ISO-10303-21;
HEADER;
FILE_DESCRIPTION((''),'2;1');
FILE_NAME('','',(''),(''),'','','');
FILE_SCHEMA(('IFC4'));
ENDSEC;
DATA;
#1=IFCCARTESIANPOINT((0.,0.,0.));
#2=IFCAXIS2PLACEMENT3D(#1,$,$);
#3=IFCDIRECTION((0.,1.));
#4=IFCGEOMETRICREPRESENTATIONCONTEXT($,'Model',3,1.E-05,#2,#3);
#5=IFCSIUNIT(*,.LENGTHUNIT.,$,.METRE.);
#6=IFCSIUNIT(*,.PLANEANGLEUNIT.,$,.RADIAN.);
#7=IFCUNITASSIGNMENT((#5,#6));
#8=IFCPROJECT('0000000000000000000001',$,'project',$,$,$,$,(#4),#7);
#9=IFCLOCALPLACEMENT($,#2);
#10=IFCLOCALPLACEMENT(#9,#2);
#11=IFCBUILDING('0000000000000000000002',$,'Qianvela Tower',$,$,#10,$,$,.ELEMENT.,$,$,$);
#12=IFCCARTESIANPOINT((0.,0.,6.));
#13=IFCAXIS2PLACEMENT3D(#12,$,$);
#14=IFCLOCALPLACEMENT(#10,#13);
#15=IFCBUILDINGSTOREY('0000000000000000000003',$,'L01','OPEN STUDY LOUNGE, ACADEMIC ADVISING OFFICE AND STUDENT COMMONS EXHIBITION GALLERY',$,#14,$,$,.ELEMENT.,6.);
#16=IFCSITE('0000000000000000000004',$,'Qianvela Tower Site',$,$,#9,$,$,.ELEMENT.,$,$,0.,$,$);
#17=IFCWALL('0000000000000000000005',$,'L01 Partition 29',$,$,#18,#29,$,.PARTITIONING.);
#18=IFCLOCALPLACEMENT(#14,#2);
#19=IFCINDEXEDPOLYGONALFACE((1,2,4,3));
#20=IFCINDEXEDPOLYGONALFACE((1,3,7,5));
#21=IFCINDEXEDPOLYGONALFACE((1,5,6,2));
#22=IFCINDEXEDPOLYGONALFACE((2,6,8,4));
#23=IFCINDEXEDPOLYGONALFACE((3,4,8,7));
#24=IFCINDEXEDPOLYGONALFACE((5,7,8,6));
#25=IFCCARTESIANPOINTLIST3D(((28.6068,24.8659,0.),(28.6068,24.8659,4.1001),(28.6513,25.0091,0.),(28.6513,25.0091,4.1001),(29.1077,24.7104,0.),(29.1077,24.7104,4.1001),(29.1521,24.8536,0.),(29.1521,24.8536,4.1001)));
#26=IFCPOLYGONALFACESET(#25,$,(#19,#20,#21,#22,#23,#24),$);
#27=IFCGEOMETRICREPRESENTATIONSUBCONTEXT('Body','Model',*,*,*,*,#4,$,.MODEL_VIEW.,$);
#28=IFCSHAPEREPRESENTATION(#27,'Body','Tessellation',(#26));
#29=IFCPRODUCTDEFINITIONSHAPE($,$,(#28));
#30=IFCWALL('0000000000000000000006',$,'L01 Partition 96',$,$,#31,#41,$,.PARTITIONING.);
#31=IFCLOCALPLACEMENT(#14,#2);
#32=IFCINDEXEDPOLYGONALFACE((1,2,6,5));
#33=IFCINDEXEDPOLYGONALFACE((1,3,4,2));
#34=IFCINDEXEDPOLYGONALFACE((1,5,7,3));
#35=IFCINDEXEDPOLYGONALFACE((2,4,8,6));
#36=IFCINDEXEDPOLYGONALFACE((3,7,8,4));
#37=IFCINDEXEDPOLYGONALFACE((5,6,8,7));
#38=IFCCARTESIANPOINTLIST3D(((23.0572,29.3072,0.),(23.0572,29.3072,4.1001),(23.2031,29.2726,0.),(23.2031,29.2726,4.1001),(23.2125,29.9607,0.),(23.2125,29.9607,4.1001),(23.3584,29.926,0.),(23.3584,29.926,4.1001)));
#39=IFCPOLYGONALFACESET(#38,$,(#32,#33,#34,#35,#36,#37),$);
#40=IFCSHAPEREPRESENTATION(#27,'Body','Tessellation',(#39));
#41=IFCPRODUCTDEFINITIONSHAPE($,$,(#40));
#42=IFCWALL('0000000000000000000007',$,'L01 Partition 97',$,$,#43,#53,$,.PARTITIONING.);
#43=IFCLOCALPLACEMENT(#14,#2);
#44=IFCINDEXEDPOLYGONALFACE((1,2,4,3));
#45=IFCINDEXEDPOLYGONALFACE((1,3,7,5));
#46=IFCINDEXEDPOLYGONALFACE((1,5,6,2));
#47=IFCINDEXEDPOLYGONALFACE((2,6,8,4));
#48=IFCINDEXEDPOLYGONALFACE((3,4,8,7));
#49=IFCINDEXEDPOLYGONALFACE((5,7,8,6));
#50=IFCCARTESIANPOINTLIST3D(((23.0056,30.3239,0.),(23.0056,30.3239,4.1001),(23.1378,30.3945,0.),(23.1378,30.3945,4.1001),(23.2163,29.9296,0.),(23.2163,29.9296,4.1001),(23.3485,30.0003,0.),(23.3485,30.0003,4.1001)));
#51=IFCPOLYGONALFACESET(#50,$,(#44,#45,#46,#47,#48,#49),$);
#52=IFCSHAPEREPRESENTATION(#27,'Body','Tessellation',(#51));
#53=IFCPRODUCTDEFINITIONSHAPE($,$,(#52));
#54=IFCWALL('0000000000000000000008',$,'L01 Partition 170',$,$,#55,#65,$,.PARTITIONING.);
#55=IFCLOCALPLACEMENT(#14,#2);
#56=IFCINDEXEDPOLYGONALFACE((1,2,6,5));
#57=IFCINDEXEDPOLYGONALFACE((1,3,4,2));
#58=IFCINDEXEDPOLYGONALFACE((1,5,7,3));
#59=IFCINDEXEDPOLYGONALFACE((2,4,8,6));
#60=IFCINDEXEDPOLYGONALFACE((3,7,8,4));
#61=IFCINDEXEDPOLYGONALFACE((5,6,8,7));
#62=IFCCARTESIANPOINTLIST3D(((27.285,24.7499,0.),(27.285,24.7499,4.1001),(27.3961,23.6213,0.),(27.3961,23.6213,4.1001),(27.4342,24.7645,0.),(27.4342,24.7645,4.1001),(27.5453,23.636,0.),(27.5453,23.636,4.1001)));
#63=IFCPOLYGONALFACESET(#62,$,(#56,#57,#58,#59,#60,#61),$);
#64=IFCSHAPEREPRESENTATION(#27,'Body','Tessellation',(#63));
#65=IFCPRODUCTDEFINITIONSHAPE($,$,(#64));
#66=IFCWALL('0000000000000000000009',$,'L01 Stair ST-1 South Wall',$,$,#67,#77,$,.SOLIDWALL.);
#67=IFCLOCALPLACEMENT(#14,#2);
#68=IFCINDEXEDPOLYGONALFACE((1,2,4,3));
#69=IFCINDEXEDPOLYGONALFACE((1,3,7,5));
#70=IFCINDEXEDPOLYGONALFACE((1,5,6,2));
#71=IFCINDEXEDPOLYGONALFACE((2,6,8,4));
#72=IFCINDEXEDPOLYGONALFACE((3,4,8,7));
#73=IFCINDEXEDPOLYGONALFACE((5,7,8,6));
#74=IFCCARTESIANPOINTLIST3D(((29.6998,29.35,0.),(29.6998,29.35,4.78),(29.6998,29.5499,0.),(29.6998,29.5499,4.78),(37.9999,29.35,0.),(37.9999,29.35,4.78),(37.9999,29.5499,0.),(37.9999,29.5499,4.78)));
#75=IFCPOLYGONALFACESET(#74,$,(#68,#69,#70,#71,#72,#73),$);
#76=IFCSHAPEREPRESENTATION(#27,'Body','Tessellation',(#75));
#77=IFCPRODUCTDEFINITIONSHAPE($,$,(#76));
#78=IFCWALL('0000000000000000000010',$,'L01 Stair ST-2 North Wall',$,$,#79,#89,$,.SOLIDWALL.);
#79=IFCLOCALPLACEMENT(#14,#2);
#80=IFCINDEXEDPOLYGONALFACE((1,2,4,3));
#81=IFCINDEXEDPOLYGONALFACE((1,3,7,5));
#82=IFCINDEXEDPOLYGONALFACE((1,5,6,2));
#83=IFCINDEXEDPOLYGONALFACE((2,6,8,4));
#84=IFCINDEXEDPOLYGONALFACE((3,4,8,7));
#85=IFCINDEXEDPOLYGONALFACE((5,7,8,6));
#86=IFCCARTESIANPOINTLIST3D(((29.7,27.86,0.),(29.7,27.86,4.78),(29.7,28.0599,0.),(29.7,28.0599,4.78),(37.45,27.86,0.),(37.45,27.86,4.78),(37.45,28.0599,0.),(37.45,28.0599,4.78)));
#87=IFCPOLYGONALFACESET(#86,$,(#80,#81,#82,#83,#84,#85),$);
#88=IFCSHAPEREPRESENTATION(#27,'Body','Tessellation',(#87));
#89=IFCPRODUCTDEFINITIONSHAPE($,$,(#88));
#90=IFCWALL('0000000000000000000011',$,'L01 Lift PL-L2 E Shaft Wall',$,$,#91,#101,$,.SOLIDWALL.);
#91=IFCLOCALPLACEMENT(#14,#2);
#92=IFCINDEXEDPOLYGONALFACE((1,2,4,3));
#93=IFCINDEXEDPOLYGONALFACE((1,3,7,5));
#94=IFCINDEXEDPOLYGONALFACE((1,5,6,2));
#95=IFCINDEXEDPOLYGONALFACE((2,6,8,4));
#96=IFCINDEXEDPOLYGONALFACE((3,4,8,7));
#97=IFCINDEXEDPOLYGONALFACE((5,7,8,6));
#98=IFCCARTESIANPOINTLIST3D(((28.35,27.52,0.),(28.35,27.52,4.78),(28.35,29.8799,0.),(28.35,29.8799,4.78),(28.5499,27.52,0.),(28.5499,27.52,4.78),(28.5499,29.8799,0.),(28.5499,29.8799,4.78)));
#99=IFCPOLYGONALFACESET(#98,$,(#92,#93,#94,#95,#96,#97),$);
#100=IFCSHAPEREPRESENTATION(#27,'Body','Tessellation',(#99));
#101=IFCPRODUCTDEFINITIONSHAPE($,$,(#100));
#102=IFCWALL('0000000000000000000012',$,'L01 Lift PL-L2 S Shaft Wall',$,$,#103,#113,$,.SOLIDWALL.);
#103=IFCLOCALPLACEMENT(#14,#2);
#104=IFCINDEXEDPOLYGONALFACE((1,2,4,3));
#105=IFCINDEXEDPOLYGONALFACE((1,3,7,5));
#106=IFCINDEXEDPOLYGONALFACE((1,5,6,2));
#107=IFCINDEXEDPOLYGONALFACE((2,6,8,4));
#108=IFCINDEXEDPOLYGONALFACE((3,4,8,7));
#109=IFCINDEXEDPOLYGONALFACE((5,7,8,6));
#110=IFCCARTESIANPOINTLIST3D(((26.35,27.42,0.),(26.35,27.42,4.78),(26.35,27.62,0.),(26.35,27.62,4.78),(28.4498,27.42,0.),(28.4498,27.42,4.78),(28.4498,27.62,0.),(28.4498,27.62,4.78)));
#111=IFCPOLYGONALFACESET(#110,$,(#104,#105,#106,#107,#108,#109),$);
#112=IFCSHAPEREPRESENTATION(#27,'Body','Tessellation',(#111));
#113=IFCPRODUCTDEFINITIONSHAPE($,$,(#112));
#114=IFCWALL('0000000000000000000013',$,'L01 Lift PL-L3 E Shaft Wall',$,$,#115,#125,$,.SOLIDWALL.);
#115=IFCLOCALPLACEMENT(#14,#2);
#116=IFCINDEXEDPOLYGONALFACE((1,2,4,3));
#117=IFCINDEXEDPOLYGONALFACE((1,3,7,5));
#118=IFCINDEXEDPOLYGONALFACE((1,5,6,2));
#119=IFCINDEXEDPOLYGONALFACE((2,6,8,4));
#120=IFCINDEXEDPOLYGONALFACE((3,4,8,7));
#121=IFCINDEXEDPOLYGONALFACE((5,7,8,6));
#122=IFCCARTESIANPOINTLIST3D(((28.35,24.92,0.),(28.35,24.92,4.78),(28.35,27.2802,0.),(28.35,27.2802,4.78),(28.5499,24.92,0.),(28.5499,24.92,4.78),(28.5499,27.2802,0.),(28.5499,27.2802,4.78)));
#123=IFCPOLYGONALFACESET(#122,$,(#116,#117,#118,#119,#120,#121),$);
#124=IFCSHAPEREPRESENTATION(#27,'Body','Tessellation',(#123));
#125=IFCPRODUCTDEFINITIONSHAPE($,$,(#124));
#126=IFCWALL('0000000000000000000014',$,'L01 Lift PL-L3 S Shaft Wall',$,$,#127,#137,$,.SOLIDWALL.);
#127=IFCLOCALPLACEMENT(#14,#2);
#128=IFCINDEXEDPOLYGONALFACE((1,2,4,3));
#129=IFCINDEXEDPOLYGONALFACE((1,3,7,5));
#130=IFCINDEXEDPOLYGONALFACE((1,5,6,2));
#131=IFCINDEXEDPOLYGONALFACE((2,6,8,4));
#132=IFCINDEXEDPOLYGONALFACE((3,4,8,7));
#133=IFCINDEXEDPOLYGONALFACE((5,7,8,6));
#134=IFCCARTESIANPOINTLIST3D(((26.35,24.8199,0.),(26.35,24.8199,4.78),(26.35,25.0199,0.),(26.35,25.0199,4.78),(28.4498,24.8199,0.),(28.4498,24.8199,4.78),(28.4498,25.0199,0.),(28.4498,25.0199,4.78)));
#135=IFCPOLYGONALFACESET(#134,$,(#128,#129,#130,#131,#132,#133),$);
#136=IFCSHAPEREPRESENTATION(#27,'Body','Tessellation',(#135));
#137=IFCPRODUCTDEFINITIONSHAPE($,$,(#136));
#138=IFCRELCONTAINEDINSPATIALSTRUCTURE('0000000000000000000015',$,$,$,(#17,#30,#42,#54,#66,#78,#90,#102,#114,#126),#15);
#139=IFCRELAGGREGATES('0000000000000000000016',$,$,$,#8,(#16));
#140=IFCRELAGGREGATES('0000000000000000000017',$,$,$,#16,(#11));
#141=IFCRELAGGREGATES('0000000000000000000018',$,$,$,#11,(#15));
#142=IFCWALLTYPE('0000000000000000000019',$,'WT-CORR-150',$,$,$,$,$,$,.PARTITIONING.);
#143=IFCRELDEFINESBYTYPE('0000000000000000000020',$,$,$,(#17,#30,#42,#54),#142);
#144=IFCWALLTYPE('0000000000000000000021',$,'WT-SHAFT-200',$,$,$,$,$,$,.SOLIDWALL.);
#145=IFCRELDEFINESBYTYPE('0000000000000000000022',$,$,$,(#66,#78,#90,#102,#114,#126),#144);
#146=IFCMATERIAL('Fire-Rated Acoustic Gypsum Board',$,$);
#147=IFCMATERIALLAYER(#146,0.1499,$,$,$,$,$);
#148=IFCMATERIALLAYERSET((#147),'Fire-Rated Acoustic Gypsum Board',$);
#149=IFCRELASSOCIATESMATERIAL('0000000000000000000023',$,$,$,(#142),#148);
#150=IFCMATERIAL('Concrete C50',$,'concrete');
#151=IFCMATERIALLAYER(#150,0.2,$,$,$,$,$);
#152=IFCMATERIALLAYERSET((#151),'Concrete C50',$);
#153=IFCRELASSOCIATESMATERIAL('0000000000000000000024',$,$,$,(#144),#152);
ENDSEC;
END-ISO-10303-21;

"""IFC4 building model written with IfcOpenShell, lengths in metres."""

from ifc_helpers import new_model, si_unit, direction, frame, frame_2d, origin, place, context, subcontext, project, spatial, rectangle, extrude, material, layer, layer_set, type_object, element, save


model = new_model("IFC4")

# Units and contexts
model_context = context("Model", 3, precision=1e-05, world=origin(), true_north=direction((0.0, 1.0)))
body_context = subcontext(model_context, "Body", "Model", "MODEL_VIEW")
ifc_project = project(units=[si_unit("LENGTHUNIT", "METRE"), si_unit("PLANEANGLEUNIT", "RADIAN")], contexts=[model_context])

# Site, building, storey
site_placement = place(None, origin())
site = spatial("IfcSite", under=ifc_project, at=site_placement, Name="Qianvela Tower Site", CompositionType="ELEMENT", RefElevation=0.0)
building_placement = place(site_placement, origin())
building = spatial("IfcBuilding", under=site, at=building_placement, Name="Qianvela Tower", CompositionType="ELEMENT")
storey_placement = place(building_placement, frame((0.0, 0.0, 6.0)))
storey = spatial("IfcBuildingStorey", under=building, at=storey_placement, Name="L01", Description="OPEN STUDY LOUNGE, ACADEMIC ADVISING OFFICE AND STUDENT COMMONS EXHIBITION GALLERY", CompositionType="ELEMENT", Elevation=6.0)

# Walls
ifc_material_1 = material(Name="Fire-Rated Acoustic Gypsum Board")
ifc_layer_1 = layer(ifc_material_1, 0.1499)
ifc_layer_set_1 = layer_set([ifc_layer_1], Name="Fire-Rated Acoustic Gypsum Board")
wall_type_1 = type_object("IfcWallType", Name="WT-CORR-150", PredefinedType="PARTITIONING", material=ifc_layer_set_1)
wall_1_placement = place(storey_placement, frame((29.1299, 24.782, 0.0), z_axis=(0.0, 0.0, 1.0), x_axis=(-0.955, 0.296604, 0.0)))
element("IfcWall", 1, at=wall_1_placement, inside=storey, type_object=wall_type_1, Name="L01 Partition 29", PredefinedType="PARTITIONING", context=body_context, shape_type="SweptSolid", body=[
    extrude(rectangle(XDim=0.5244, YDim=0.1499, at=frame_2d((0.2622, 0.0))), origin(), (0.0, 0.0, 1.0), 4.1001),
])
wall_2_placement = place(storey_placement, frame((23.1301, 29.2898, 0.0), z_axis=(0.0, 0.0, 1.0), x_axis=(0.231227, 0.9729, 0.0)))
element("IfcWall", 2, at=wall_2_placement, inside=storey, type_object=wall_type_1, Name="L01 Partition 96", PredefinedType="PARTITIONING", context=body_context, shape_type="SweptSolid", body=[
    extrude(rectangle(XDim=0.6716, YDim=0.1499, at=frame_2d((0.3359, 0.0))), origin(), (0.0, 0.0, 1.0), 4.1001),
])
wall_3_placement = place(storey_placement, frame((23.2825, 29.9648, 0.0), z_axis=(0.0, 0.0, 1.0), x_axis=(-0.471297, 0.881975, 0.0)))
element("IfcWall", 3, at=wall_3_placement, inside=storey, type_object=wall_type_1, Name="L01 Partition 97", PredefinedType="PARTITIONING", context=body_context, shape_type="SweptSolid", body=[
    extrude(rectangle(XDim=0.447, YDim=0.1499, at=frame_2d((0.2236, 0.0))), origin(), (0.0, 0.0, 1.0), 4.1001),
])
wall_4_placement = place(storey_placement, frame((27.3596, 24.7571, 0.0), z_axis=(0.0, 0.0, 1.0), x_axis=(0.097948, -0.995192, 0.0)))
element("IfcWall", 4, at=wall_4_placement, inside=storey, type_object=wall_type_1, Name="L01 Partition 170", PredefinedType="PARTITIONING", context=body_context, shape_type="SweptSolid", body=[
    extrude(rectangle(XDim=1.134, YDim=0.1499, at=frame_2d((0.5669, 0.0))), origin(), (0.0, 0.0, 1.0), 4.1001),
])
ifc_material_2 = material(Name="Concrete C50", Category="concrete")
ifc_layer_2 = layer(ifc_material_2, 0.2)
ifc_layer_set_2 = layer_set([ifc_layer_2], Name="Concrete C50")
wall_type_2 = type_object("IfcWallType", Name="WT-SHAFT-200", PredefinedType="SOLIDWALL", material=ifc_layer_set_2)
wall_5_placement = place(storey_placement, frame((29.7, 29.45, 0.0), z_axis=(0.0, 0.0, 1.0), x_axis=(1.0, 0.0, 0.0)))
element("IfcWall", 5, at=wall_5_placement, inside=storey, type_object=wall_type_2, Name="L01 Stair ST-1 South Wall", PredefinedType="SOLIDWALL", context=body_context, shape_type="SweptSolid", body=[
    extrude(rectangle(XDim=8.3, YDim=0.2, at=frame_2d((4.1499, 0.0))), origin(), (0.0, 0.0, 1.0), 4.78),
])
wall_6_placement = place(storey_placement, frame((29.7, 27.96, 0.0), z_axis=(0.0, 0.0, 1.0), x_axis=(1.0, 0.0, 0.0)))
element("IfcWall", 6, at=wall_6_placement, inside=storey, type_object=wall_type_2, Name="L01 Stair ST-2 North Wall", PredefinedType="SOLIDWALL", context=body_context, shape_type="SweptSolid", body=[
    extrude(rectangle(XDim=7.75, YDim=0.2, at=frame_2d((3.875, 0.0))), origin(), (0.0, 0.0, 1.0), 4.78),
])
wall_7_placement = place(storey_placement, frame((28.45, 27.52, 0.0), z_axis=(0.0, 0.0, 1.0), x_axis=(0.0, 1.0, 0.0)))
element("IfcWall", 7, at=wall_7_placement, inside=storey, type_object=wall_type_2, Name="L01 Lift PL-L2 E Shaft Wall", PredefinedType="SOLIDWALL", context=body_context, shape_type="SweptSolid", body=[
    extrude(rectangle(XDim=2.3599, YDim=0.2, at=frame_2d((1.1799, 0.0))), origin(), (0.0, 0.0, 1.0), 4.78),
])

# Walls
wall_8_placement = place(storey_placement, frame((26.3501, 27.52, 0.0), z_axis=(0.0, 0.0, 1.0), x_axis=(1.0, 0.0, 0.0)))
element("IfcWall", 8, at=wall_8_placement, inside=storey, type_object=wall_type_2, Name="L01 Lift PL-L2 S Shaft Wall", PredefinedType="SOLIDWALL", context=body_context, shape_type="SweptSolid", body=[
    extrude(rectangle(XDim=2.0999, YDim=0.2, at=frame_2d((1.0498, 0.0))), origin(), (0.0, 0.0, 1.0), 4.78),
])
wall_9_placement = place(storey_placement, frame((28.45, 24.9199, 0.0), z_axis=(0.0, 0.0, 1.0), x_axis=(0.0, 1.0, 0.0)))
element("IfcWall", 9, at=wall_9_placement, inside=storey, type_object=wall_type_2, Name="L01 Lift PL-L3 E Shaft Wall", PredefinedType="SOLIDWALL", context=body_context, shape_type="SweptSolid", body=[
    extrude(rectangle(XDim=2.3601, YDim=0.2, at=frame_2d((1.1802, 0.0))), origin(), (0.0, 0.0, 1.0), 4.78),
])

# Wall
wall_10_placement = place(storey_placement, frame((26.3501, 24.9199, 0.0), z_axis=(0.0, 0.0, 1.0), x_axis=(1.0, 0.0, 0.0)))
element("IfcWall", 10, at=wall_10_placement, inside=storey, type_object=wall_type_2, Name="L01 Lift PL-L3 S Shaft Wall", PredefinedType="SOLIDWALL", context=body_context, shape_type="SweptSolid", body=[
    extrude(rectangle(XDim=2.0999, YDim=0.2, at=frame_2d((1.0498, 0.0))), origin(), (0.0, 0.0, 1.0), 4.78),
])

save(model, "model.ifc")
